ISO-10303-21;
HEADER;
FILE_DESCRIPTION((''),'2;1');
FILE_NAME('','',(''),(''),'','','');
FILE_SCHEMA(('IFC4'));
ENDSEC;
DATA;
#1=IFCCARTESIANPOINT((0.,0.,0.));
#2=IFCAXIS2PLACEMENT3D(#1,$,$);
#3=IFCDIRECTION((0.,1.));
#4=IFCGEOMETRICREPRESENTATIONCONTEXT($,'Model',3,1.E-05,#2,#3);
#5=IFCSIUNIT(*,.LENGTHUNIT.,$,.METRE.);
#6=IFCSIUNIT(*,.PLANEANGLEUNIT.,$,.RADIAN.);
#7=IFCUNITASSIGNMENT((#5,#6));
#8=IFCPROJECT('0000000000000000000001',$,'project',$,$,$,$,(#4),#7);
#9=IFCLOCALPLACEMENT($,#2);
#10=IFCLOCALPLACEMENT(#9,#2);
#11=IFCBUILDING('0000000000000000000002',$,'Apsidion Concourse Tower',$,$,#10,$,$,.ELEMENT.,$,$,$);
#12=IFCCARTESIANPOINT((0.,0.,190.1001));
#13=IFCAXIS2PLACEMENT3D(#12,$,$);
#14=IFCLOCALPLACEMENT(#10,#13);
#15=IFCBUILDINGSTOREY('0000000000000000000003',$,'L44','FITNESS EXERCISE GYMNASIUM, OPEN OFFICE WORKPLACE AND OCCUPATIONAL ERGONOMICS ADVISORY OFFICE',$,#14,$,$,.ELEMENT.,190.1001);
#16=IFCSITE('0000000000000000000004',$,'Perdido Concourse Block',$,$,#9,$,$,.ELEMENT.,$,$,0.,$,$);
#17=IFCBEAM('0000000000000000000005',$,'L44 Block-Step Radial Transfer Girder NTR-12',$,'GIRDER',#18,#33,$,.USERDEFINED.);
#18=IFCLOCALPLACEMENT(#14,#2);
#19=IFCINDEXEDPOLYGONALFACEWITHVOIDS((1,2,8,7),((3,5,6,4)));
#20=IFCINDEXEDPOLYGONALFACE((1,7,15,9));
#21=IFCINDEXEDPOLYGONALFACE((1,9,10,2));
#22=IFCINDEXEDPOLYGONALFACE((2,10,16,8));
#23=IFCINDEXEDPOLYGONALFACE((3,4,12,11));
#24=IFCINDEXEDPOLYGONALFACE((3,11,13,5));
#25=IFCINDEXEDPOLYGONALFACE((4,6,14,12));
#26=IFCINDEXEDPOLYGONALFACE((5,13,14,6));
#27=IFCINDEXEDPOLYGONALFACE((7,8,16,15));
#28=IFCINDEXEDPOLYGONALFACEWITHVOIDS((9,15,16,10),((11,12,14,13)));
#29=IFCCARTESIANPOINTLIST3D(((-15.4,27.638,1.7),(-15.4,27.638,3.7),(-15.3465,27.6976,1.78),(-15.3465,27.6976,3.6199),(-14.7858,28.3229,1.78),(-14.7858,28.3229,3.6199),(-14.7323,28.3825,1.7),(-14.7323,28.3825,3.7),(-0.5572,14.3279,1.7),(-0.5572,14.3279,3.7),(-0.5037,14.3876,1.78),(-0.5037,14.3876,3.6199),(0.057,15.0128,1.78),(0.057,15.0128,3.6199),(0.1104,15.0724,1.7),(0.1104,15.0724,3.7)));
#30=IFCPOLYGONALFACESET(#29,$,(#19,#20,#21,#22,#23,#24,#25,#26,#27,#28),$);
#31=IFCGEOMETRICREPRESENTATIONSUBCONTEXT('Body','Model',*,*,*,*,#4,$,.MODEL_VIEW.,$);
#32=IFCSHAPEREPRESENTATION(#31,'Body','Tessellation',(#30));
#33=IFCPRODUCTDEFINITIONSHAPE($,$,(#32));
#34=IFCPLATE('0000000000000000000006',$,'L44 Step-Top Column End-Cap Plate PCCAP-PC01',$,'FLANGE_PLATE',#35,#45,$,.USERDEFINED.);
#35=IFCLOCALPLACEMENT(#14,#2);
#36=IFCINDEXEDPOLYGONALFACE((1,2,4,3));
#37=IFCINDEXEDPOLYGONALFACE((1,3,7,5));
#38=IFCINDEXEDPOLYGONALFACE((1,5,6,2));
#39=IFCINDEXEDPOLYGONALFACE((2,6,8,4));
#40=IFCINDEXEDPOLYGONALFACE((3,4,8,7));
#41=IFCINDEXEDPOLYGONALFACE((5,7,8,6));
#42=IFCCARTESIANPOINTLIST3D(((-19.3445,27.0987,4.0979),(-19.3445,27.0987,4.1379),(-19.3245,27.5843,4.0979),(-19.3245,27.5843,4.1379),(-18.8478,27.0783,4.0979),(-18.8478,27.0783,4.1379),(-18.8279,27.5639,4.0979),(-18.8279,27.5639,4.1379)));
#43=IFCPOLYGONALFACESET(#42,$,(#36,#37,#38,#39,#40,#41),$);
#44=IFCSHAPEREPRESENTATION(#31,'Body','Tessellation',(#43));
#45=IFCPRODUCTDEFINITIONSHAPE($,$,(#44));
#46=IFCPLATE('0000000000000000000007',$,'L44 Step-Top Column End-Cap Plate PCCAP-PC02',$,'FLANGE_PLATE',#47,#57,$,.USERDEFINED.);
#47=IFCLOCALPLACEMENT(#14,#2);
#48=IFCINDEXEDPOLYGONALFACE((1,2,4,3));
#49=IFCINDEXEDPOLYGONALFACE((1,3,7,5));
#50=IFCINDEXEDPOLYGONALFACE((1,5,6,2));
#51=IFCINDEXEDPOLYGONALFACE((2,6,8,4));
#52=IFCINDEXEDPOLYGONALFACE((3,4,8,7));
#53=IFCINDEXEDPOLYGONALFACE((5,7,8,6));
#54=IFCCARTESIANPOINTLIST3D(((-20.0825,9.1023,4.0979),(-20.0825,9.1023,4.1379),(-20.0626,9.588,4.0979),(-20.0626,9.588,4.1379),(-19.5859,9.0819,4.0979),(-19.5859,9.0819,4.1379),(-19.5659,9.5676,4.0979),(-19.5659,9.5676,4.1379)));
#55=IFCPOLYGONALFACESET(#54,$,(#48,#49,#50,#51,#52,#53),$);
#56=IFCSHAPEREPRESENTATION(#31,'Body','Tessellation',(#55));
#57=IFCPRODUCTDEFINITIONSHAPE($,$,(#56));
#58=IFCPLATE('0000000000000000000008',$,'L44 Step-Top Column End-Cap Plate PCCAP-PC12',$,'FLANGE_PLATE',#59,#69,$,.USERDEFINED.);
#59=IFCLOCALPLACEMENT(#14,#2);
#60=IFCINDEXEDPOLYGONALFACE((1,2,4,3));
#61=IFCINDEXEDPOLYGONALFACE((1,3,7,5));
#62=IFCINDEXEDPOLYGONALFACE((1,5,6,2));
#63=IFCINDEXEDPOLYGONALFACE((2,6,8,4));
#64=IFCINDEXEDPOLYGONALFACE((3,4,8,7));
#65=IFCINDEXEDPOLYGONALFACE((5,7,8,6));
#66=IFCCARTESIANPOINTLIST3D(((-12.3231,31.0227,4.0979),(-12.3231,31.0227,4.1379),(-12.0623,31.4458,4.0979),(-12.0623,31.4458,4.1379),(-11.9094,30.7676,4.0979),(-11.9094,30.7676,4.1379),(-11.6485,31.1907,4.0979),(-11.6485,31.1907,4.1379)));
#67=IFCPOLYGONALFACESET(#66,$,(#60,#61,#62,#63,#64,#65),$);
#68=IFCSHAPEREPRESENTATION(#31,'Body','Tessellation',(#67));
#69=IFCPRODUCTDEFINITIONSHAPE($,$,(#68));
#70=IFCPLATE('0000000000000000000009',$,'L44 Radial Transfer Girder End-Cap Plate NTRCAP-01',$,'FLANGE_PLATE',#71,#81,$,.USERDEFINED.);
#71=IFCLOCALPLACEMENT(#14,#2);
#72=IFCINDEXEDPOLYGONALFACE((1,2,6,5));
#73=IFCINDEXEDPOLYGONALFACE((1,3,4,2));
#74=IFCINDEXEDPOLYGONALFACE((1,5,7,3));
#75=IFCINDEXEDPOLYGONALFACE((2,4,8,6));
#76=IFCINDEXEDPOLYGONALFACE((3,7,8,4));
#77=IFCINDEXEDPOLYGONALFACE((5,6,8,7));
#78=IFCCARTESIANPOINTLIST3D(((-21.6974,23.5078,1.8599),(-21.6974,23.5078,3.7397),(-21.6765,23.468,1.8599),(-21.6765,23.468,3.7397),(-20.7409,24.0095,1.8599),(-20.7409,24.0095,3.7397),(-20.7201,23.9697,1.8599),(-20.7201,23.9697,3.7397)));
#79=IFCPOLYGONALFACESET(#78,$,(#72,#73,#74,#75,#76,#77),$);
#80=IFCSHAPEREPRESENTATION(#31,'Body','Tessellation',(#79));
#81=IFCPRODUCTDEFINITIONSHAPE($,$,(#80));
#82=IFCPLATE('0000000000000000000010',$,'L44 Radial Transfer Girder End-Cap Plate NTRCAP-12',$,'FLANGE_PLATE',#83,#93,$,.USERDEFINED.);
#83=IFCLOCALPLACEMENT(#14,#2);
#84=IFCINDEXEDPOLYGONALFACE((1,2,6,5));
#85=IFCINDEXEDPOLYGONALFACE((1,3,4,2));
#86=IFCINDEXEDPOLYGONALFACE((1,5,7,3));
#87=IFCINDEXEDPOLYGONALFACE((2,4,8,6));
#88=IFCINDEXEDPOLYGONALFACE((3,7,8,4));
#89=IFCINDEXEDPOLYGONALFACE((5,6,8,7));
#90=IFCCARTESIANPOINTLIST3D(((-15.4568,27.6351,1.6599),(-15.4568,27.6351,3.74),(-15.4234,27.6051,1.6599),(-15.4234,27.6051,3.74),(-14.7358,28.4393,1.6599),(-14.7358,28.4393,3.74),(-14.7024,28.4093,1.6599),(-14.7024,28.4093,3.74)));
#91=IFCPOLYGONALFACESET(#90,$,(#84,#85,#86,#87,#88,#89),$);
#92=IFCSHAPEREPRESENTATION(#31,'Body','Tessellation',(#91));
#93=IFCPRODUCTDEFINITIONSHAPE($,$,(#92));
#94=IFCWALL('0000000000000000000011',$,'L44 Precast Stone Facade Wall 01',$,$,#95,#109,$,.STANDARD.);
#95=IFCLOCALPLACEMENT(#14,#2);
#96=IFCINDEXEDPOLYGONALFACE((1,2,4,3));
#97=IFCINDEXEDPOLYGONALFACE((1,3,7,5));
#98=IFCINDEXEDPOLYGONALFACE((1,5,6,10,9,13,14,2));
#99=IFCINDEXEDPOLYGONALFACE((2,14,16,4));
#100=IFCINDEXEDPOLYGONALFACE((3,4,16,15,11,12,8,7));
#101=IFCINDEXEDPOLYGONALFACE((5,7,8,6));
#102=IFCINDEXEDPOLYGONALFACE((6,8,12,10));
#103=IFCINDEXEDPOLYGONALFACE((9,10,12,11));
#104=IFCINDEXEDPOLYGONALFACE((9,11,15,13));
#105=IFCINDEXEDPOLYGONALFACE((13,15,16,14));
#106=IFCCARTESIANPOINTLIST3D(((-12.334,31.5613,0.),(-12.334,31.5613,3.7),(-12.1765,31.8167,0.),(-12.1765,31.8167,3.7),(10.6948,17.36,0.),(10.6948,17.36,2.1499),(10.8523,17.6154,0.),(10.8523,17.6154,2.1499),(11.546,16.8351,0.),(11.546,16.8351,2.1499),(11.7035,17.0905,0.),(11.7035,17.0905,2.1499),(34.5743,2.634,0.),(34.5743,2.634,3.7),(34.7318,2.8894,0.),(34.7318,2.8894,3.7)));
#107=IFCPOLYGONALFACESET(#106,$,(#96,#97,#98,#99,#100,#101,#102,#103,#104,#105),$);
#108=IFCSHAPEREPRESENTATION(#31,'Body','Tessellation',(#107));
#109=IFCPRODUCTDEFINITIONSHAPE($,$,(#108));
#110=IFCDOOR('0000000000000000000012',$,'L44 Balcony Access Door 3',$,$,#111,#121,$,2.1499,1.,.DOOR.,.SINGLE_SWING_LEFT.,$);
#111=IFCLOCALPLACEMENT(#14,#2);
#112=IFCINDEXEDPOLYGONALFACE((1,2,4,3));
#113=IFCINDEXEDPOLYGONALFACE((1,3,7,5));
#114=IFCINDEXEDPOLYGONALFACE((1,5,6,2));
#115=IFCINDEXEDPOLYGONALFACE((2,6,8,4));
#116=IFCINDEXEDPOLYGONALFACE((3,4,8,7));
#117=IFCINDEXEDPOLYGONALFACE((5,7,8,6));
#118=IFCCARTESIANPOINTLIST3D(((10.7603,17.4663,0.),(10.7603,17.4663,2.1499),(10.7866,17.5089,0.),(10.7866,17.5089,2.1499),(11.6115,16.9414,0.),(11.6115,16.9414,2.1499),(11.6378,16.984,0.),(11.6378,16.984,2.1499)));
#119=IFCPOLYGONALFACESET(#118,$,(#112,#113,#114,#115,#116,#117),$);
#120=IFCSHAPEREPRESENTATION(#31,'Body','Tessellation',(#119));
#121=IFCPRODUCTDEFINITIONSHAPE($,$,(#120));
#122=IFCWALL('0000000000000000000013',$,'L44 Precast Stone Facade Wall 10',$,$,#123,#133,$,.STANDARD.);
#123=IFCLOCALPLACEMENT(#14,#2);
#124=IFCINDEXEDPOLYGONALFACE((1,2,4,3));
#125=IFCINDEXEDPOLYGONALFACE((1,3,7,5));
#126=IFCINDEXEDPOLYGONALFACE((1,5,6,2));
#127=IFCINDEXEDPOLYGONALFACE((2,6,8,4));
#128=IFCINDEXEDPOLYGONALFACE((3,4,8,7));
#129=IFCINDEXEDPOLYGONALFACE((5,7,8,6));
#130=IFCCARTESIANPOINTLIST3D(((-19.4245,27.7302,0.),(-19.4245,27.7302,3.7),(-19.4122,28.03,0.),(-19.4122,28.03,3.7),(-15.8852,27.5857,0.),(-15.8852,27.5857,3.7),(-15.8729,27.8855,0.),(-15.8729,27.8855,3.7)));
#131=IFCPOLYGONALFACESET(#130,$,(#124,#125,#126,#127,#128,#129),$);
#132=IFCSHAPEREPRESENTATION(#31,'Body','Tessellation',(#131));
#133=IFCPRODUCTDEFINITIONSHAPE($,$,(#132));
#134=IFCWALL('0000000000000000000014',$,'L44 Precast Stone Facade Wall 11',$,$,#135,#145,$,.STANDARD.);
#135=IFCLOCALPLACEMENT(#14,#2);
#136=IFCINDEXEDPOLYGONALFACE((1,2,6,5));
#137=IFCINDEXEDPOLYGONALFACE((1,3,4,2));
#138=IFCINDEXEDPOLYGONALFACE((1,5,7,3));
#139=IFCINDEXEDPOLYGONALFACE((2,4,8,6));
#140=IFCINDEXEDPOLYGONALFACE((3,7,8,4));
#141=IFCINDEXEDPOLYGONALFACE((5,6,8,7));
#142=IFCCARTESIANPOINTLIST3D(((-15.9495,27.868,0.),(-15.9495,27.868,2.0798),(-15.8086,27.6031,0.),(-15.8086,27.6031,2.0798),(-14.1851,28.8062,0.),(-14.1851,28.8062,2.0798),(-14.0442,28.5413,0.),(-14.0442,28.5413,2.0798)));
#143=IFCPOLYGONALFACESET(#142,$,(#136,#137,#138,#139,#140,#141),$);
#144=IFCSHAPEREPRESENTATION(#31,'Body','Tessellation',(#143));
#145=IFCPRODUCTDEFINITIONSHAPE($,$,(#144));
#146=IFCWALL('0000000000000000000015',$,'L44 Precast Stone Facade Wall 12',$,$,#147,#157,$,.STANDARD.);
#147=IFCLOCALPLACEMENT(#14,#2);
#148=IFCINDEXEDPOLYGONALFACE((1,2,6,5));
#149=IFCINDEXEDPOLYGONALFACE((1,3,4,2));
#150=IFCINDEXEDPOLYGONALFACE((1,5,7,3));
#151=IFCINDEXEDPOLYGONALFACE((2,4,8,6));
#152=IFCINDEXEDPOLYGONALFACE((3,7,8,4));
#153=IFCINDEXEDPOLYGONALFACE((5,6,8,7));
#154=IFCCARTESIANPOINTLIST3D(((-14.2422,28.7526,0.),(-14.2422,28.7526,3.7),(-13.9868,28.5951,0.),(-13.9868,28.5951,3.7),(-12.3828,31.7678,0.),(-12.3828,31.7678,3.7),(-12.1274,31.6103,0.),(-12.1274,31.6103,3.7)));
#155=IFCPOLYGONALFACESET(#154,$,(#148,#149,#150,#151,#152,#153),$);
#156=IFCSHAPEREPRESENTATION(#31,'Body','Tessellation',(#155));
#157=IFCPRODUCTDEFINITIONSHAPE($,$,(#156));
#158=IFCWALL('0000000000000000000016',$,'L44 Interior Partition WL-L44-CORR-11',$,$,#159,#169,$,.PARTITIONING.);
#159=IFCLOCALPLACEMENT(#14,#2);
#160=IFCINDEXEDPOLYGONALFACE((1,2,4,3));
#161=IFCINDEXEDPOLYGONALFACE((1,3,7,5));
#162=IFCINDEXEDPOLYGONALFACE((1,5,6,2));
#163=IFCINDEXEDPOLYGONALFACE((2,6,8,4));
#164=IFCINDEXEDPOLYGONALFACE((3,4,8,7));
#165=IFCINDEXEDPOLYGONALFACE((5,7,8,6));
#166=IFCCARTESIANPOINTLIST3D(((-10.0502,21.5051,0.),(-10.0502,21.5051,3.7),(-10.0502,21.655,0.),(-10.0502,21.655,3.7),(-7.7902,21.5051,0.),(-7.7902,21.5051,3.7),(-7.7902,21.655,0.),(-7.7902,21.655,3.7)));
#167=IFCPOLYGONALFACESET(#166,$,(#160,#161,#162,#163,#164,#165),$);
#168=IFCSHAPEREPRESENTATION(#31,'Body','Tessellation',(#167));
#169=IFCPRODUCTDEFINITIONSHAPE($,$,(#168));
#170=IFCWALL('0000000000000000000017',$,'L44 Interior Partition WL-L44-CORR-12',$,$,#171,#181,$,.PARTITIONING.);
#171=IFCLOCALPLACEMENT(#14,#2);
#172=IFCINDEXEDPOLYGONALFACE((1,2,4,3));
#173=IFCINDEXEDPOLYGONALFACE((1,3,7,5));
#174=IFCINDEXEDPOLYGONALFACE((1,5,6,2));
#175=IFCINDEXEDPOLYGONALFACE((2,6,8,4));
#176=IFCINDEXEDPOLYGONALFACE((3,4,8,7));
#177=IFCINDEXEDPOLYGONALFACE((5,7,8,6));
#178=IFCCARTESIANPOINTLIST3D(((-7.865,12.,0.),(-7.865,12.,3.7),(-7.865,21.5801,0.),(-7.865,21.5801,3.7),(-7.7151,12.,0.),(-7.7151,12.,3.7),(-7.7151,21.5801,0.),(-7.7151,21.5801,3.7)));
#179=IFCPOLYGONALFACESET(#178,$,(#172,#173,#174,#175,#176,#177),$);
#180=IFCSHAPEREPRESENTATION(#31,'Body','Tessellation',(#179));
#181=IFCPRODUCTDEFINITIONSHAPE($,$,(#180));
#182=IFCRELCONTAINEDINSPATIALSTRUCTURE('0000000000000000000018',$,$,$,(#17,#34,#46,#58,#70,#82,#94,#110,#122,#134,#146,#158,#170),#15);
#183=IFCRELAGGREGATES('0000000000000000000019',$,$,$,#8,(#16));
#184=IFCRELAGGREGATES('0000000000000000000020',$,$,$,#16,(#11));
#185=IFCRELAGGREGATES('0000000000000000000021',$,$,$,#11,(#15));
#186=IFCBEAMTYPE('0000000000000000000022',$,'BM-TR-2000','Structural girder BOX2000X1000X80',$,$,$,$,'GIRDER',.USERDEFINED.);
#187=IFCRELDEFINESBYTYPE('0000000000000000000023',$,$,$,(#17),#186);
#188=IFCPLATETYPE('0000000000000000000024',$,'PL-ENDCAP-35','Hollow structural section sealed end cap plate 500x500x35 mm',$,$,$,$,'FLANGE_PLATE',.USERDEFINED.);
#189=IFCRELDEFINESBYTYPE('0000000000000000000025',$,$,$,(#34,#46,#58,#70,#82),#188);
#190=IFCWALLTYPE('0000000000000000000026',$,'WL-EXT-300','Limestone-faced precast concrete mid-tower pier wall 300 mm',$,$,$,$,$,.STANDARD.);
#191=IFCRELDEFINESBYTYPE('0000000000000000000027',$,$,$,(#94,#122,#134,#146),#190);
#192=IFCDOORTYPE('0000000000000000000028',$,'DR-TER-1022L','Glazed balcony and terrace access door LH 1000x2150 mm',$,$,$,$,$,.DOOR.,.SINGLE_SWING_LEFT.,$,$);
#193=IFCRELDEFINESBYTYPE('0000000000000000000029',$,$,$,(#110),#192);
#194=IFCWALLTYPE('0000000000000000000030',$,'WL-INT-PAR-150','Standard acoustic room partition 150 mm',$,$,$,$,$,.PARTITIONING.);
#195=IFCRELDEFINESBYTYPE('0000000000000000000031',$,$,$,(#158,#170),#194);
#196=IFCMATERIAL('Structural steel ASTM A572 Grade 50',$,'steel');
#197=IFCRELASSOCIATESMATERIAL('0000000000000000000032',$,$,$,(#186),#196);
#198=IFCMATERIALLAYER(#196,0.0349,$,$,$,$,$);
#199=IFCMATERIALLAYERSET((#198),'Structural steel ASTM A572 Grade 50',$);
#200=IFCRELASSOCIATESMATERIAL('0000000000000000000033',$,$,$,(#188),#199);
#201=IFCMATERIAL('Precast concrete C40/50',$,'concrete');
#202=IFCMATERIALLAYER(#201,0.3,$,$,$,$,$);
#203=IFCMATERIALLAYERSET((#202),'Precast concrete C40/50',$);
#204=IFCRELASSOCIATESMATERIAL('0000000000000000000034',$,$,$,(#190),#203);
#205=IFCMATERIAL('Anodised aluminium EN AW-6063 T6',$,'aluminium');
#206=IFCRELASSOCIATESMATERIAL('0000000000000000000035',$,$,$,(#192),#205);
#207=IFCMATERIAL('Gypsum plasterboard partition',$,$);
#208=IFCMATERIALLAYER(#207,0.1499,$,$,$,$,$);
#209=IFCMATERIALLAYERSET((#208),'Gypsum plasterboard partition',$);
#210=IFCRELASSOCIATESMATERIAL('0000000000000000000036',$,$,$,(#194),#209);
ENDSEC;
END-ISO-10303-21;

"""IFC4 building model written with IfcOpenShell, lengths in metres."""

from ifc_helpers import new_model, si_unit, direction, frame, frame_2d, origin, origin_2d, place, context, subcontext, project, spatial, rectangle, hollow_rectangle, extrude, material, layer, layer_set, material_profile, profile_set, type_object, element, fill, save


model = new_model("IFC4")

# Units and contexts
model_context = context("Model", 3, precision=1e-05, world=origin(), true_north=direction((0.0, 1.0)))
body_context = subcontext(model_context, "Body", "Model", "MODEL_VIEW")
ifc_project = project(units=[si_unit("LENGTHUNIT", "METRE"), si_unit("PLANEANGLEUNIT", "RADIAN")], contexts=[model_context])

# Site, building, storey
site_placement = place(None, origin())
site = spatial("IfcSite", under=ifc_project, at=site_placement, Name="Perdido Concourse Block", CompositionType="ELEMENT", RefElevation=0.0)
building_placement = place(site_placement, origin())
building = spatial("IfcBuilding", under=site, at=building_placement, Name="Apsidion Concourse Tower", CompositionType="ELEMENT")
storey_placement = place(building_placement, frame((0.0, 0.0, 190.1001)))
storey = spatial("IfcBuildingStorey", under=building, at=storey_placement, Name="L44", Description="FITNESS EXERCISE GYMNASIUM, OPEN OFFICE WORKPLACE AND OCCUPATIONAL ERGONOMICS ADVISORY OFFICE", CompositionType="ELEMENT", Elevation=190.1001)

# Beam
ifc_material_1 = material(Name="Structural steel ASTM A572 Grade 50", Category="steel")
ifc_material_profile_1 = material_profile(ifc_material_1, hollow_rectangle(XDim=1.0, YDim=2.0, WallThickness=0.0801, at=origin_2d()), Name="BOX2000X1000X80")
ifc_profile_set_1 = profile_set([ifc_material_profile_1], Name="Structural steel ASTM A572 Grade 50")
beam_type_1 = type_object("IfcBeamType", Name="BM-TR-2000", Description="Structural girder BOX2000X1000X80", ElementType="GIRDER", PredefinedType="USERDEFINED", material=ifc_profile_set_1)
beam_1_placement = place(storey_placement, frame((-0.2234, 14.7002, 2.7), z_axis=(-0.744501, 0.667621, 0.0), x_axis=(-0.667621, -0.744501, 0.0)))
element("IfcBeam", 1, at=beam_1_placement, inside=storey, type_object=beam_type_1, Name="L44 Block-Step Radial Transfer Girder NTR-12", ObjectType="GIRDER", PredefinedType="USERDEFINED", context=body_context, shape_type="SweptSolid", body=[
    extrude(hollow_rectangle(XDim=1.0, YDim=2.0, WallThickness=0.0801, at=origin_2d()), origin(), (0.0, 0.0, 1.0), 19.9365),
])

# Plates
ifc_layer_1 = layer(ifc_material_1, 0.0349)
ifc_layer_set_1 = layer_set([ifc_layer_1], Name="Structural steel ASTM A572 Grade 50")
plate_type = type_object("IfcPlateType", Name="PL-ENDCAP-35", Description="Hollow structural section sealed end cap plate 500x500x35 mm", ElementType="FLANGE_PLATE", PredefinedType="USERDEFINED", material=ifc_layer_set_1)
for number, where, z_axis, x_axis, name in (
    (2, (-19.0862, 27.3313, 4.0979), (0.0, 0.0, 1.0), (0.041004, 0.999159, 0.0), "L44 Step-Top Column End-Cap Plate PCCAP-PC01"),
    (3, (-19.8242, 9.335, 4.0979), (0.0, 0.0, 1.0), (0.041004, 0.999159, 0.0), "L44 Step-Top Column End-Cap Plate PCCAP-PC02"),
    (4, (-11.9858, 31.1067, 4.0979), (0.0, 0.0, 1.0), (-0.851269, 0.524729, 0.0), "L44 Step-Top Column End-Cap Plate PCCAP-PC12"),
):
    element("IfcPlate", number, at=place(storey_placement, frame(where, z_axis=z_axis, x_axis=x_axis)), inside=storey, type_object=plate_type, Name=name, ObjectType="FLANGE_PLATE", PredefinedType="USERDEFINED", context=body_context, shape_type="SweptSolid", body=[
        extrude(rectangle(XDim=0.4861, YDim=0.4971, at=origin_2d()), origin(), (0.0, 0.0, 1.0), 0.04),
    ])
plate_1_placement = place(storey_placement, frame((-21.2087, 23.7388, 1.8599), z_axis=(0.0, 0.0, 1.0), x_axis=(-0.464533, 0.885556, 0.0)))
element("IfcPlate", 5, at=plate_1_placement, inside=storey, type_object=plate_type, Name="L44 Radial Transfer Girder End-Cap Plate NTRCAP-01", ObjectType="FLANGE_PLATE", PredefinedType="USERDEFINED", context=body_context, shape_type="SweptSolid", body=[
    extrude(rectangle(XDim=0.0449, YDim=1.0801, at=origin_2d()), origin(), (0.0, 0.0, 1.0), 1.8799),
])
plate_2_placement = place(storey_placement, frame((-15.0796, 28.0222, 1.6599), z_axis=(0.0, 0.0, 1.0), x_axis=(-0.744545, 0.667573, 0.0)))
element("IfcPlate", 6, at=plate_2_placement, inside=storey, type_object=plate_type, Name="L44 Radial Transfer Girder End-Cap Plate NTRCAP-12", ObjectType="FLANGE_PLATE", PredefinedType="USERDEFINED", context=body_context, shape_type="SweptSolid", body=[
    extrude(rectangle(XDim=0.0449, YDim=1.0801, at=origin_2d()), origin(), (0.0, 0.0, 1.0), 2.0801),
])

# Wall, opening, door
ifc_material_2 = material(Name="Precast concrete C40/50", Category="concrete")
ifc_layer_2 = layer(ifc_material_2, 0.3)
ifc_layer_set_2 = layer_set([ifc_layer_2], Name="Precast concrete C40/50")
wall_type_1 = type_object("IfcWallType", Name="WL-EXT-300", Description="Limestone-faced precast concrete mid-tower pier wall 300 mm", PredefinedType="STANDARD", material=ifc_layer_set_2)
wall_1_placement = place(storey_placement, frame((-12.2551, 31.689, 0.0), z_axis=(0.0, 0.0, 1.0), x_axis=(0.851167, -0.524896, 0.0)))
wall_1 = element("IfcWall", 7, at=wall_1_placement, inside=storey, type_object=wall_type_1, Name="L44 Precast Stone Facade Wall 01", PredefinedType="STANDARD", context=body_context, shape_type="SweptSolid", body=[
    extrude(rectangle(XDim=55.1106, YDim=0.3, at=frame_2d((27.5552, 0.0))), origin(), (0.0, 0.0, 1.0), 3.7),
])
opening_1_placement = place(wall_1_placement, frame((27.0554, 0.0, 0.0)))
opening_1 = element("IfcOpeningElement", 8, at=opening_1_placement, cuts=wall_1, PredefinedType="OPENING", context=body_context, shape_type="SweptSolid", body=[
    extrude(rectangle(XDim=1.0, YDim=2.1499, at=frame_2d((0.5, 1.075))), frame((0.0, 0.1602, 0.0), z_axis=(0.0, -1.0, 0.0), x_axis=(1.0, 0.0, 0.0)), (0.0, 0.0, 1.0), 0.3201),
])
ifc_material_3 = material(Name="Anodised aluminium EN AW-6063 T6", Category="aluminium")
door_type_1 = type_object("IfcDoorType", Name="DR-TER-1022L", Description="Glazed balcony and terrace access door LH 1000x2150 mm", OperationType="SINGLE_SWING_LEFT", PredefinedType="DOOR", material=ifc_material_3)
door_1_placement = place(opening_1_placement, origin())
door_1 = element("IfcDoor", 9, at=door_1_placement, inside=storey, type_object=door_type_1, Name="L44 Balcony Access Door 3", OperationType="SINGLE_SWING_LEFT", OverallHeight=2.1499, OverallWidth=1.0, PredefinedType="DOOR", context=body_context, shape_type="SweptSolid", body=[
    extrude(rectangle(XDim=1.0, YDim=2.1499, at=frame_2d((0.5, 1.075))), frame((0.0, 0.0249, 0.0), z_axis=(0.0, -1.0, 0.0), x_axis=(1.0, 0.0, 0.0)), (0.0, 0.0, 1.0), 0.05),
])
fill(opening_1, door_1)

# Walls
wall_2_placement = place(storey_placement, frame((-19.4182, 27.8801, 0.0), z_axis=(0.0, 0.0, 1.0), x_axis=(0.999167, -0.040802, 0.0)))
element("IfcWall", 10, at=wall_2_placement, inside=storey, type_object=wall_type_1, Name="L44 Precast Stone Facade Wall 10", PredefinedType="STANDARD", context=body_context, shape_type="SweptSolid", body=[
    extrude(rectangle(XDim=3.5422, YDim=0.3, at=frame_2d((1.771, 0.0))), origin(), (0.0, 0.0, 1.0), 3.7),
])
wall_3_placement = place(storey_placement, frame((-15.8789, 27.7356, 0.0), z_axis=(0.0, 0.0, 1.0), x_axis=(0.882931, 0.469504, 0.0)))
element("IfcWall", 11, at=wall_3_placement, inside=storey, type_object=wall_type_1, Name="L44 Precast Stone Facade Wall 11", PredefinedType="STANDARD", context=body_context, shape_type="SweptSolid", body=[
    extrude(rectangle(XDim=1.9983, YDim=0.3, at=frame_2d((0.999, 0.0))), origin(), (0.0, 0.0, 1.0), 2.0798),
])
wall_4_placement = place(storey_placement, frame((-14.1145, 28.6738, 0.0), z_axis=(0.0, 0.0, 1.0), x_axis=(0.524897, 0.851166, 0.0)))
element("IfcWall", 12, at=wall_4_placement, inside=storey, type_object=wall_type_1, Name="L44 Precast Stone Facade Wall 12", PredefinedType="STANDARD", context=body_context, shape_type="SweptSolid", body=[
    extrude(rectangle(XDim=3.5425, YDim=0.3, at=frame_2d((1.7712, 0.0))), origin(), (0.0, 0.0, 1.0), 3.7),
])
ifc_material_4 = material(Name="Gypsum plasterboard partition")
ifc_layer_3 = layer(ifc_material_4, 0.1499)
ifc_layer_set_3 = layer_set([ifc_layer_3], Name="Gypsum plasterboard partition")
wall_type_2 = type_object("IfcWallType", Name="WL-INT-PAR-150", Description="Standard acoustic room partition 150 mm", PredefinedType="PARTITIONING", material=ifc_layer_set_3)
wall_5_placement = place(storey_placement, frame((-10.05, 21.5801, 0.0), z_axis=(0.0, 0.0, 1.0), x_axis=(1.0, 0.0, 0.0)))
element("IfcWall", 13, at=wall_5_placement, inside=storey, type_object=wall_type_2, Name="L44 Interior Partition WL-L44-CORR-11", PredefinedType="PARTITIONING", context=body_context, shape_type="SweptSolid", body=[
    extrude(rectangle(XDim=2.26, YDim=0.1499, at=frame_2d((1.1299, 0.0))), origin(), (0.0, 0.0, 1.0), 3.7),
])
wall_6_placement = place(storey_placement, frame((-7.79, 21.5801, 0.0), z_axis=(0.0, 0.0, 1.0), x_axis=(0.0, -1.0, 0.0)))
element("IfcWall", 14, at=wall_6_placement, inside=storey, type_object=wall_type_2, Name="L44 Interior Partition WL-L44-CORR-12", PredefinedType="PARTITIONING", context=body_context, shape_type="SweptSolid", body=[
    extrude(rectangle(XDim=9.5801, YDim=0.1499, at=frame_2d((4.79, 0.0))), origin(), (0.0, 0.0, 1.0), 3.7),
])

save(model, "model.ifc")
